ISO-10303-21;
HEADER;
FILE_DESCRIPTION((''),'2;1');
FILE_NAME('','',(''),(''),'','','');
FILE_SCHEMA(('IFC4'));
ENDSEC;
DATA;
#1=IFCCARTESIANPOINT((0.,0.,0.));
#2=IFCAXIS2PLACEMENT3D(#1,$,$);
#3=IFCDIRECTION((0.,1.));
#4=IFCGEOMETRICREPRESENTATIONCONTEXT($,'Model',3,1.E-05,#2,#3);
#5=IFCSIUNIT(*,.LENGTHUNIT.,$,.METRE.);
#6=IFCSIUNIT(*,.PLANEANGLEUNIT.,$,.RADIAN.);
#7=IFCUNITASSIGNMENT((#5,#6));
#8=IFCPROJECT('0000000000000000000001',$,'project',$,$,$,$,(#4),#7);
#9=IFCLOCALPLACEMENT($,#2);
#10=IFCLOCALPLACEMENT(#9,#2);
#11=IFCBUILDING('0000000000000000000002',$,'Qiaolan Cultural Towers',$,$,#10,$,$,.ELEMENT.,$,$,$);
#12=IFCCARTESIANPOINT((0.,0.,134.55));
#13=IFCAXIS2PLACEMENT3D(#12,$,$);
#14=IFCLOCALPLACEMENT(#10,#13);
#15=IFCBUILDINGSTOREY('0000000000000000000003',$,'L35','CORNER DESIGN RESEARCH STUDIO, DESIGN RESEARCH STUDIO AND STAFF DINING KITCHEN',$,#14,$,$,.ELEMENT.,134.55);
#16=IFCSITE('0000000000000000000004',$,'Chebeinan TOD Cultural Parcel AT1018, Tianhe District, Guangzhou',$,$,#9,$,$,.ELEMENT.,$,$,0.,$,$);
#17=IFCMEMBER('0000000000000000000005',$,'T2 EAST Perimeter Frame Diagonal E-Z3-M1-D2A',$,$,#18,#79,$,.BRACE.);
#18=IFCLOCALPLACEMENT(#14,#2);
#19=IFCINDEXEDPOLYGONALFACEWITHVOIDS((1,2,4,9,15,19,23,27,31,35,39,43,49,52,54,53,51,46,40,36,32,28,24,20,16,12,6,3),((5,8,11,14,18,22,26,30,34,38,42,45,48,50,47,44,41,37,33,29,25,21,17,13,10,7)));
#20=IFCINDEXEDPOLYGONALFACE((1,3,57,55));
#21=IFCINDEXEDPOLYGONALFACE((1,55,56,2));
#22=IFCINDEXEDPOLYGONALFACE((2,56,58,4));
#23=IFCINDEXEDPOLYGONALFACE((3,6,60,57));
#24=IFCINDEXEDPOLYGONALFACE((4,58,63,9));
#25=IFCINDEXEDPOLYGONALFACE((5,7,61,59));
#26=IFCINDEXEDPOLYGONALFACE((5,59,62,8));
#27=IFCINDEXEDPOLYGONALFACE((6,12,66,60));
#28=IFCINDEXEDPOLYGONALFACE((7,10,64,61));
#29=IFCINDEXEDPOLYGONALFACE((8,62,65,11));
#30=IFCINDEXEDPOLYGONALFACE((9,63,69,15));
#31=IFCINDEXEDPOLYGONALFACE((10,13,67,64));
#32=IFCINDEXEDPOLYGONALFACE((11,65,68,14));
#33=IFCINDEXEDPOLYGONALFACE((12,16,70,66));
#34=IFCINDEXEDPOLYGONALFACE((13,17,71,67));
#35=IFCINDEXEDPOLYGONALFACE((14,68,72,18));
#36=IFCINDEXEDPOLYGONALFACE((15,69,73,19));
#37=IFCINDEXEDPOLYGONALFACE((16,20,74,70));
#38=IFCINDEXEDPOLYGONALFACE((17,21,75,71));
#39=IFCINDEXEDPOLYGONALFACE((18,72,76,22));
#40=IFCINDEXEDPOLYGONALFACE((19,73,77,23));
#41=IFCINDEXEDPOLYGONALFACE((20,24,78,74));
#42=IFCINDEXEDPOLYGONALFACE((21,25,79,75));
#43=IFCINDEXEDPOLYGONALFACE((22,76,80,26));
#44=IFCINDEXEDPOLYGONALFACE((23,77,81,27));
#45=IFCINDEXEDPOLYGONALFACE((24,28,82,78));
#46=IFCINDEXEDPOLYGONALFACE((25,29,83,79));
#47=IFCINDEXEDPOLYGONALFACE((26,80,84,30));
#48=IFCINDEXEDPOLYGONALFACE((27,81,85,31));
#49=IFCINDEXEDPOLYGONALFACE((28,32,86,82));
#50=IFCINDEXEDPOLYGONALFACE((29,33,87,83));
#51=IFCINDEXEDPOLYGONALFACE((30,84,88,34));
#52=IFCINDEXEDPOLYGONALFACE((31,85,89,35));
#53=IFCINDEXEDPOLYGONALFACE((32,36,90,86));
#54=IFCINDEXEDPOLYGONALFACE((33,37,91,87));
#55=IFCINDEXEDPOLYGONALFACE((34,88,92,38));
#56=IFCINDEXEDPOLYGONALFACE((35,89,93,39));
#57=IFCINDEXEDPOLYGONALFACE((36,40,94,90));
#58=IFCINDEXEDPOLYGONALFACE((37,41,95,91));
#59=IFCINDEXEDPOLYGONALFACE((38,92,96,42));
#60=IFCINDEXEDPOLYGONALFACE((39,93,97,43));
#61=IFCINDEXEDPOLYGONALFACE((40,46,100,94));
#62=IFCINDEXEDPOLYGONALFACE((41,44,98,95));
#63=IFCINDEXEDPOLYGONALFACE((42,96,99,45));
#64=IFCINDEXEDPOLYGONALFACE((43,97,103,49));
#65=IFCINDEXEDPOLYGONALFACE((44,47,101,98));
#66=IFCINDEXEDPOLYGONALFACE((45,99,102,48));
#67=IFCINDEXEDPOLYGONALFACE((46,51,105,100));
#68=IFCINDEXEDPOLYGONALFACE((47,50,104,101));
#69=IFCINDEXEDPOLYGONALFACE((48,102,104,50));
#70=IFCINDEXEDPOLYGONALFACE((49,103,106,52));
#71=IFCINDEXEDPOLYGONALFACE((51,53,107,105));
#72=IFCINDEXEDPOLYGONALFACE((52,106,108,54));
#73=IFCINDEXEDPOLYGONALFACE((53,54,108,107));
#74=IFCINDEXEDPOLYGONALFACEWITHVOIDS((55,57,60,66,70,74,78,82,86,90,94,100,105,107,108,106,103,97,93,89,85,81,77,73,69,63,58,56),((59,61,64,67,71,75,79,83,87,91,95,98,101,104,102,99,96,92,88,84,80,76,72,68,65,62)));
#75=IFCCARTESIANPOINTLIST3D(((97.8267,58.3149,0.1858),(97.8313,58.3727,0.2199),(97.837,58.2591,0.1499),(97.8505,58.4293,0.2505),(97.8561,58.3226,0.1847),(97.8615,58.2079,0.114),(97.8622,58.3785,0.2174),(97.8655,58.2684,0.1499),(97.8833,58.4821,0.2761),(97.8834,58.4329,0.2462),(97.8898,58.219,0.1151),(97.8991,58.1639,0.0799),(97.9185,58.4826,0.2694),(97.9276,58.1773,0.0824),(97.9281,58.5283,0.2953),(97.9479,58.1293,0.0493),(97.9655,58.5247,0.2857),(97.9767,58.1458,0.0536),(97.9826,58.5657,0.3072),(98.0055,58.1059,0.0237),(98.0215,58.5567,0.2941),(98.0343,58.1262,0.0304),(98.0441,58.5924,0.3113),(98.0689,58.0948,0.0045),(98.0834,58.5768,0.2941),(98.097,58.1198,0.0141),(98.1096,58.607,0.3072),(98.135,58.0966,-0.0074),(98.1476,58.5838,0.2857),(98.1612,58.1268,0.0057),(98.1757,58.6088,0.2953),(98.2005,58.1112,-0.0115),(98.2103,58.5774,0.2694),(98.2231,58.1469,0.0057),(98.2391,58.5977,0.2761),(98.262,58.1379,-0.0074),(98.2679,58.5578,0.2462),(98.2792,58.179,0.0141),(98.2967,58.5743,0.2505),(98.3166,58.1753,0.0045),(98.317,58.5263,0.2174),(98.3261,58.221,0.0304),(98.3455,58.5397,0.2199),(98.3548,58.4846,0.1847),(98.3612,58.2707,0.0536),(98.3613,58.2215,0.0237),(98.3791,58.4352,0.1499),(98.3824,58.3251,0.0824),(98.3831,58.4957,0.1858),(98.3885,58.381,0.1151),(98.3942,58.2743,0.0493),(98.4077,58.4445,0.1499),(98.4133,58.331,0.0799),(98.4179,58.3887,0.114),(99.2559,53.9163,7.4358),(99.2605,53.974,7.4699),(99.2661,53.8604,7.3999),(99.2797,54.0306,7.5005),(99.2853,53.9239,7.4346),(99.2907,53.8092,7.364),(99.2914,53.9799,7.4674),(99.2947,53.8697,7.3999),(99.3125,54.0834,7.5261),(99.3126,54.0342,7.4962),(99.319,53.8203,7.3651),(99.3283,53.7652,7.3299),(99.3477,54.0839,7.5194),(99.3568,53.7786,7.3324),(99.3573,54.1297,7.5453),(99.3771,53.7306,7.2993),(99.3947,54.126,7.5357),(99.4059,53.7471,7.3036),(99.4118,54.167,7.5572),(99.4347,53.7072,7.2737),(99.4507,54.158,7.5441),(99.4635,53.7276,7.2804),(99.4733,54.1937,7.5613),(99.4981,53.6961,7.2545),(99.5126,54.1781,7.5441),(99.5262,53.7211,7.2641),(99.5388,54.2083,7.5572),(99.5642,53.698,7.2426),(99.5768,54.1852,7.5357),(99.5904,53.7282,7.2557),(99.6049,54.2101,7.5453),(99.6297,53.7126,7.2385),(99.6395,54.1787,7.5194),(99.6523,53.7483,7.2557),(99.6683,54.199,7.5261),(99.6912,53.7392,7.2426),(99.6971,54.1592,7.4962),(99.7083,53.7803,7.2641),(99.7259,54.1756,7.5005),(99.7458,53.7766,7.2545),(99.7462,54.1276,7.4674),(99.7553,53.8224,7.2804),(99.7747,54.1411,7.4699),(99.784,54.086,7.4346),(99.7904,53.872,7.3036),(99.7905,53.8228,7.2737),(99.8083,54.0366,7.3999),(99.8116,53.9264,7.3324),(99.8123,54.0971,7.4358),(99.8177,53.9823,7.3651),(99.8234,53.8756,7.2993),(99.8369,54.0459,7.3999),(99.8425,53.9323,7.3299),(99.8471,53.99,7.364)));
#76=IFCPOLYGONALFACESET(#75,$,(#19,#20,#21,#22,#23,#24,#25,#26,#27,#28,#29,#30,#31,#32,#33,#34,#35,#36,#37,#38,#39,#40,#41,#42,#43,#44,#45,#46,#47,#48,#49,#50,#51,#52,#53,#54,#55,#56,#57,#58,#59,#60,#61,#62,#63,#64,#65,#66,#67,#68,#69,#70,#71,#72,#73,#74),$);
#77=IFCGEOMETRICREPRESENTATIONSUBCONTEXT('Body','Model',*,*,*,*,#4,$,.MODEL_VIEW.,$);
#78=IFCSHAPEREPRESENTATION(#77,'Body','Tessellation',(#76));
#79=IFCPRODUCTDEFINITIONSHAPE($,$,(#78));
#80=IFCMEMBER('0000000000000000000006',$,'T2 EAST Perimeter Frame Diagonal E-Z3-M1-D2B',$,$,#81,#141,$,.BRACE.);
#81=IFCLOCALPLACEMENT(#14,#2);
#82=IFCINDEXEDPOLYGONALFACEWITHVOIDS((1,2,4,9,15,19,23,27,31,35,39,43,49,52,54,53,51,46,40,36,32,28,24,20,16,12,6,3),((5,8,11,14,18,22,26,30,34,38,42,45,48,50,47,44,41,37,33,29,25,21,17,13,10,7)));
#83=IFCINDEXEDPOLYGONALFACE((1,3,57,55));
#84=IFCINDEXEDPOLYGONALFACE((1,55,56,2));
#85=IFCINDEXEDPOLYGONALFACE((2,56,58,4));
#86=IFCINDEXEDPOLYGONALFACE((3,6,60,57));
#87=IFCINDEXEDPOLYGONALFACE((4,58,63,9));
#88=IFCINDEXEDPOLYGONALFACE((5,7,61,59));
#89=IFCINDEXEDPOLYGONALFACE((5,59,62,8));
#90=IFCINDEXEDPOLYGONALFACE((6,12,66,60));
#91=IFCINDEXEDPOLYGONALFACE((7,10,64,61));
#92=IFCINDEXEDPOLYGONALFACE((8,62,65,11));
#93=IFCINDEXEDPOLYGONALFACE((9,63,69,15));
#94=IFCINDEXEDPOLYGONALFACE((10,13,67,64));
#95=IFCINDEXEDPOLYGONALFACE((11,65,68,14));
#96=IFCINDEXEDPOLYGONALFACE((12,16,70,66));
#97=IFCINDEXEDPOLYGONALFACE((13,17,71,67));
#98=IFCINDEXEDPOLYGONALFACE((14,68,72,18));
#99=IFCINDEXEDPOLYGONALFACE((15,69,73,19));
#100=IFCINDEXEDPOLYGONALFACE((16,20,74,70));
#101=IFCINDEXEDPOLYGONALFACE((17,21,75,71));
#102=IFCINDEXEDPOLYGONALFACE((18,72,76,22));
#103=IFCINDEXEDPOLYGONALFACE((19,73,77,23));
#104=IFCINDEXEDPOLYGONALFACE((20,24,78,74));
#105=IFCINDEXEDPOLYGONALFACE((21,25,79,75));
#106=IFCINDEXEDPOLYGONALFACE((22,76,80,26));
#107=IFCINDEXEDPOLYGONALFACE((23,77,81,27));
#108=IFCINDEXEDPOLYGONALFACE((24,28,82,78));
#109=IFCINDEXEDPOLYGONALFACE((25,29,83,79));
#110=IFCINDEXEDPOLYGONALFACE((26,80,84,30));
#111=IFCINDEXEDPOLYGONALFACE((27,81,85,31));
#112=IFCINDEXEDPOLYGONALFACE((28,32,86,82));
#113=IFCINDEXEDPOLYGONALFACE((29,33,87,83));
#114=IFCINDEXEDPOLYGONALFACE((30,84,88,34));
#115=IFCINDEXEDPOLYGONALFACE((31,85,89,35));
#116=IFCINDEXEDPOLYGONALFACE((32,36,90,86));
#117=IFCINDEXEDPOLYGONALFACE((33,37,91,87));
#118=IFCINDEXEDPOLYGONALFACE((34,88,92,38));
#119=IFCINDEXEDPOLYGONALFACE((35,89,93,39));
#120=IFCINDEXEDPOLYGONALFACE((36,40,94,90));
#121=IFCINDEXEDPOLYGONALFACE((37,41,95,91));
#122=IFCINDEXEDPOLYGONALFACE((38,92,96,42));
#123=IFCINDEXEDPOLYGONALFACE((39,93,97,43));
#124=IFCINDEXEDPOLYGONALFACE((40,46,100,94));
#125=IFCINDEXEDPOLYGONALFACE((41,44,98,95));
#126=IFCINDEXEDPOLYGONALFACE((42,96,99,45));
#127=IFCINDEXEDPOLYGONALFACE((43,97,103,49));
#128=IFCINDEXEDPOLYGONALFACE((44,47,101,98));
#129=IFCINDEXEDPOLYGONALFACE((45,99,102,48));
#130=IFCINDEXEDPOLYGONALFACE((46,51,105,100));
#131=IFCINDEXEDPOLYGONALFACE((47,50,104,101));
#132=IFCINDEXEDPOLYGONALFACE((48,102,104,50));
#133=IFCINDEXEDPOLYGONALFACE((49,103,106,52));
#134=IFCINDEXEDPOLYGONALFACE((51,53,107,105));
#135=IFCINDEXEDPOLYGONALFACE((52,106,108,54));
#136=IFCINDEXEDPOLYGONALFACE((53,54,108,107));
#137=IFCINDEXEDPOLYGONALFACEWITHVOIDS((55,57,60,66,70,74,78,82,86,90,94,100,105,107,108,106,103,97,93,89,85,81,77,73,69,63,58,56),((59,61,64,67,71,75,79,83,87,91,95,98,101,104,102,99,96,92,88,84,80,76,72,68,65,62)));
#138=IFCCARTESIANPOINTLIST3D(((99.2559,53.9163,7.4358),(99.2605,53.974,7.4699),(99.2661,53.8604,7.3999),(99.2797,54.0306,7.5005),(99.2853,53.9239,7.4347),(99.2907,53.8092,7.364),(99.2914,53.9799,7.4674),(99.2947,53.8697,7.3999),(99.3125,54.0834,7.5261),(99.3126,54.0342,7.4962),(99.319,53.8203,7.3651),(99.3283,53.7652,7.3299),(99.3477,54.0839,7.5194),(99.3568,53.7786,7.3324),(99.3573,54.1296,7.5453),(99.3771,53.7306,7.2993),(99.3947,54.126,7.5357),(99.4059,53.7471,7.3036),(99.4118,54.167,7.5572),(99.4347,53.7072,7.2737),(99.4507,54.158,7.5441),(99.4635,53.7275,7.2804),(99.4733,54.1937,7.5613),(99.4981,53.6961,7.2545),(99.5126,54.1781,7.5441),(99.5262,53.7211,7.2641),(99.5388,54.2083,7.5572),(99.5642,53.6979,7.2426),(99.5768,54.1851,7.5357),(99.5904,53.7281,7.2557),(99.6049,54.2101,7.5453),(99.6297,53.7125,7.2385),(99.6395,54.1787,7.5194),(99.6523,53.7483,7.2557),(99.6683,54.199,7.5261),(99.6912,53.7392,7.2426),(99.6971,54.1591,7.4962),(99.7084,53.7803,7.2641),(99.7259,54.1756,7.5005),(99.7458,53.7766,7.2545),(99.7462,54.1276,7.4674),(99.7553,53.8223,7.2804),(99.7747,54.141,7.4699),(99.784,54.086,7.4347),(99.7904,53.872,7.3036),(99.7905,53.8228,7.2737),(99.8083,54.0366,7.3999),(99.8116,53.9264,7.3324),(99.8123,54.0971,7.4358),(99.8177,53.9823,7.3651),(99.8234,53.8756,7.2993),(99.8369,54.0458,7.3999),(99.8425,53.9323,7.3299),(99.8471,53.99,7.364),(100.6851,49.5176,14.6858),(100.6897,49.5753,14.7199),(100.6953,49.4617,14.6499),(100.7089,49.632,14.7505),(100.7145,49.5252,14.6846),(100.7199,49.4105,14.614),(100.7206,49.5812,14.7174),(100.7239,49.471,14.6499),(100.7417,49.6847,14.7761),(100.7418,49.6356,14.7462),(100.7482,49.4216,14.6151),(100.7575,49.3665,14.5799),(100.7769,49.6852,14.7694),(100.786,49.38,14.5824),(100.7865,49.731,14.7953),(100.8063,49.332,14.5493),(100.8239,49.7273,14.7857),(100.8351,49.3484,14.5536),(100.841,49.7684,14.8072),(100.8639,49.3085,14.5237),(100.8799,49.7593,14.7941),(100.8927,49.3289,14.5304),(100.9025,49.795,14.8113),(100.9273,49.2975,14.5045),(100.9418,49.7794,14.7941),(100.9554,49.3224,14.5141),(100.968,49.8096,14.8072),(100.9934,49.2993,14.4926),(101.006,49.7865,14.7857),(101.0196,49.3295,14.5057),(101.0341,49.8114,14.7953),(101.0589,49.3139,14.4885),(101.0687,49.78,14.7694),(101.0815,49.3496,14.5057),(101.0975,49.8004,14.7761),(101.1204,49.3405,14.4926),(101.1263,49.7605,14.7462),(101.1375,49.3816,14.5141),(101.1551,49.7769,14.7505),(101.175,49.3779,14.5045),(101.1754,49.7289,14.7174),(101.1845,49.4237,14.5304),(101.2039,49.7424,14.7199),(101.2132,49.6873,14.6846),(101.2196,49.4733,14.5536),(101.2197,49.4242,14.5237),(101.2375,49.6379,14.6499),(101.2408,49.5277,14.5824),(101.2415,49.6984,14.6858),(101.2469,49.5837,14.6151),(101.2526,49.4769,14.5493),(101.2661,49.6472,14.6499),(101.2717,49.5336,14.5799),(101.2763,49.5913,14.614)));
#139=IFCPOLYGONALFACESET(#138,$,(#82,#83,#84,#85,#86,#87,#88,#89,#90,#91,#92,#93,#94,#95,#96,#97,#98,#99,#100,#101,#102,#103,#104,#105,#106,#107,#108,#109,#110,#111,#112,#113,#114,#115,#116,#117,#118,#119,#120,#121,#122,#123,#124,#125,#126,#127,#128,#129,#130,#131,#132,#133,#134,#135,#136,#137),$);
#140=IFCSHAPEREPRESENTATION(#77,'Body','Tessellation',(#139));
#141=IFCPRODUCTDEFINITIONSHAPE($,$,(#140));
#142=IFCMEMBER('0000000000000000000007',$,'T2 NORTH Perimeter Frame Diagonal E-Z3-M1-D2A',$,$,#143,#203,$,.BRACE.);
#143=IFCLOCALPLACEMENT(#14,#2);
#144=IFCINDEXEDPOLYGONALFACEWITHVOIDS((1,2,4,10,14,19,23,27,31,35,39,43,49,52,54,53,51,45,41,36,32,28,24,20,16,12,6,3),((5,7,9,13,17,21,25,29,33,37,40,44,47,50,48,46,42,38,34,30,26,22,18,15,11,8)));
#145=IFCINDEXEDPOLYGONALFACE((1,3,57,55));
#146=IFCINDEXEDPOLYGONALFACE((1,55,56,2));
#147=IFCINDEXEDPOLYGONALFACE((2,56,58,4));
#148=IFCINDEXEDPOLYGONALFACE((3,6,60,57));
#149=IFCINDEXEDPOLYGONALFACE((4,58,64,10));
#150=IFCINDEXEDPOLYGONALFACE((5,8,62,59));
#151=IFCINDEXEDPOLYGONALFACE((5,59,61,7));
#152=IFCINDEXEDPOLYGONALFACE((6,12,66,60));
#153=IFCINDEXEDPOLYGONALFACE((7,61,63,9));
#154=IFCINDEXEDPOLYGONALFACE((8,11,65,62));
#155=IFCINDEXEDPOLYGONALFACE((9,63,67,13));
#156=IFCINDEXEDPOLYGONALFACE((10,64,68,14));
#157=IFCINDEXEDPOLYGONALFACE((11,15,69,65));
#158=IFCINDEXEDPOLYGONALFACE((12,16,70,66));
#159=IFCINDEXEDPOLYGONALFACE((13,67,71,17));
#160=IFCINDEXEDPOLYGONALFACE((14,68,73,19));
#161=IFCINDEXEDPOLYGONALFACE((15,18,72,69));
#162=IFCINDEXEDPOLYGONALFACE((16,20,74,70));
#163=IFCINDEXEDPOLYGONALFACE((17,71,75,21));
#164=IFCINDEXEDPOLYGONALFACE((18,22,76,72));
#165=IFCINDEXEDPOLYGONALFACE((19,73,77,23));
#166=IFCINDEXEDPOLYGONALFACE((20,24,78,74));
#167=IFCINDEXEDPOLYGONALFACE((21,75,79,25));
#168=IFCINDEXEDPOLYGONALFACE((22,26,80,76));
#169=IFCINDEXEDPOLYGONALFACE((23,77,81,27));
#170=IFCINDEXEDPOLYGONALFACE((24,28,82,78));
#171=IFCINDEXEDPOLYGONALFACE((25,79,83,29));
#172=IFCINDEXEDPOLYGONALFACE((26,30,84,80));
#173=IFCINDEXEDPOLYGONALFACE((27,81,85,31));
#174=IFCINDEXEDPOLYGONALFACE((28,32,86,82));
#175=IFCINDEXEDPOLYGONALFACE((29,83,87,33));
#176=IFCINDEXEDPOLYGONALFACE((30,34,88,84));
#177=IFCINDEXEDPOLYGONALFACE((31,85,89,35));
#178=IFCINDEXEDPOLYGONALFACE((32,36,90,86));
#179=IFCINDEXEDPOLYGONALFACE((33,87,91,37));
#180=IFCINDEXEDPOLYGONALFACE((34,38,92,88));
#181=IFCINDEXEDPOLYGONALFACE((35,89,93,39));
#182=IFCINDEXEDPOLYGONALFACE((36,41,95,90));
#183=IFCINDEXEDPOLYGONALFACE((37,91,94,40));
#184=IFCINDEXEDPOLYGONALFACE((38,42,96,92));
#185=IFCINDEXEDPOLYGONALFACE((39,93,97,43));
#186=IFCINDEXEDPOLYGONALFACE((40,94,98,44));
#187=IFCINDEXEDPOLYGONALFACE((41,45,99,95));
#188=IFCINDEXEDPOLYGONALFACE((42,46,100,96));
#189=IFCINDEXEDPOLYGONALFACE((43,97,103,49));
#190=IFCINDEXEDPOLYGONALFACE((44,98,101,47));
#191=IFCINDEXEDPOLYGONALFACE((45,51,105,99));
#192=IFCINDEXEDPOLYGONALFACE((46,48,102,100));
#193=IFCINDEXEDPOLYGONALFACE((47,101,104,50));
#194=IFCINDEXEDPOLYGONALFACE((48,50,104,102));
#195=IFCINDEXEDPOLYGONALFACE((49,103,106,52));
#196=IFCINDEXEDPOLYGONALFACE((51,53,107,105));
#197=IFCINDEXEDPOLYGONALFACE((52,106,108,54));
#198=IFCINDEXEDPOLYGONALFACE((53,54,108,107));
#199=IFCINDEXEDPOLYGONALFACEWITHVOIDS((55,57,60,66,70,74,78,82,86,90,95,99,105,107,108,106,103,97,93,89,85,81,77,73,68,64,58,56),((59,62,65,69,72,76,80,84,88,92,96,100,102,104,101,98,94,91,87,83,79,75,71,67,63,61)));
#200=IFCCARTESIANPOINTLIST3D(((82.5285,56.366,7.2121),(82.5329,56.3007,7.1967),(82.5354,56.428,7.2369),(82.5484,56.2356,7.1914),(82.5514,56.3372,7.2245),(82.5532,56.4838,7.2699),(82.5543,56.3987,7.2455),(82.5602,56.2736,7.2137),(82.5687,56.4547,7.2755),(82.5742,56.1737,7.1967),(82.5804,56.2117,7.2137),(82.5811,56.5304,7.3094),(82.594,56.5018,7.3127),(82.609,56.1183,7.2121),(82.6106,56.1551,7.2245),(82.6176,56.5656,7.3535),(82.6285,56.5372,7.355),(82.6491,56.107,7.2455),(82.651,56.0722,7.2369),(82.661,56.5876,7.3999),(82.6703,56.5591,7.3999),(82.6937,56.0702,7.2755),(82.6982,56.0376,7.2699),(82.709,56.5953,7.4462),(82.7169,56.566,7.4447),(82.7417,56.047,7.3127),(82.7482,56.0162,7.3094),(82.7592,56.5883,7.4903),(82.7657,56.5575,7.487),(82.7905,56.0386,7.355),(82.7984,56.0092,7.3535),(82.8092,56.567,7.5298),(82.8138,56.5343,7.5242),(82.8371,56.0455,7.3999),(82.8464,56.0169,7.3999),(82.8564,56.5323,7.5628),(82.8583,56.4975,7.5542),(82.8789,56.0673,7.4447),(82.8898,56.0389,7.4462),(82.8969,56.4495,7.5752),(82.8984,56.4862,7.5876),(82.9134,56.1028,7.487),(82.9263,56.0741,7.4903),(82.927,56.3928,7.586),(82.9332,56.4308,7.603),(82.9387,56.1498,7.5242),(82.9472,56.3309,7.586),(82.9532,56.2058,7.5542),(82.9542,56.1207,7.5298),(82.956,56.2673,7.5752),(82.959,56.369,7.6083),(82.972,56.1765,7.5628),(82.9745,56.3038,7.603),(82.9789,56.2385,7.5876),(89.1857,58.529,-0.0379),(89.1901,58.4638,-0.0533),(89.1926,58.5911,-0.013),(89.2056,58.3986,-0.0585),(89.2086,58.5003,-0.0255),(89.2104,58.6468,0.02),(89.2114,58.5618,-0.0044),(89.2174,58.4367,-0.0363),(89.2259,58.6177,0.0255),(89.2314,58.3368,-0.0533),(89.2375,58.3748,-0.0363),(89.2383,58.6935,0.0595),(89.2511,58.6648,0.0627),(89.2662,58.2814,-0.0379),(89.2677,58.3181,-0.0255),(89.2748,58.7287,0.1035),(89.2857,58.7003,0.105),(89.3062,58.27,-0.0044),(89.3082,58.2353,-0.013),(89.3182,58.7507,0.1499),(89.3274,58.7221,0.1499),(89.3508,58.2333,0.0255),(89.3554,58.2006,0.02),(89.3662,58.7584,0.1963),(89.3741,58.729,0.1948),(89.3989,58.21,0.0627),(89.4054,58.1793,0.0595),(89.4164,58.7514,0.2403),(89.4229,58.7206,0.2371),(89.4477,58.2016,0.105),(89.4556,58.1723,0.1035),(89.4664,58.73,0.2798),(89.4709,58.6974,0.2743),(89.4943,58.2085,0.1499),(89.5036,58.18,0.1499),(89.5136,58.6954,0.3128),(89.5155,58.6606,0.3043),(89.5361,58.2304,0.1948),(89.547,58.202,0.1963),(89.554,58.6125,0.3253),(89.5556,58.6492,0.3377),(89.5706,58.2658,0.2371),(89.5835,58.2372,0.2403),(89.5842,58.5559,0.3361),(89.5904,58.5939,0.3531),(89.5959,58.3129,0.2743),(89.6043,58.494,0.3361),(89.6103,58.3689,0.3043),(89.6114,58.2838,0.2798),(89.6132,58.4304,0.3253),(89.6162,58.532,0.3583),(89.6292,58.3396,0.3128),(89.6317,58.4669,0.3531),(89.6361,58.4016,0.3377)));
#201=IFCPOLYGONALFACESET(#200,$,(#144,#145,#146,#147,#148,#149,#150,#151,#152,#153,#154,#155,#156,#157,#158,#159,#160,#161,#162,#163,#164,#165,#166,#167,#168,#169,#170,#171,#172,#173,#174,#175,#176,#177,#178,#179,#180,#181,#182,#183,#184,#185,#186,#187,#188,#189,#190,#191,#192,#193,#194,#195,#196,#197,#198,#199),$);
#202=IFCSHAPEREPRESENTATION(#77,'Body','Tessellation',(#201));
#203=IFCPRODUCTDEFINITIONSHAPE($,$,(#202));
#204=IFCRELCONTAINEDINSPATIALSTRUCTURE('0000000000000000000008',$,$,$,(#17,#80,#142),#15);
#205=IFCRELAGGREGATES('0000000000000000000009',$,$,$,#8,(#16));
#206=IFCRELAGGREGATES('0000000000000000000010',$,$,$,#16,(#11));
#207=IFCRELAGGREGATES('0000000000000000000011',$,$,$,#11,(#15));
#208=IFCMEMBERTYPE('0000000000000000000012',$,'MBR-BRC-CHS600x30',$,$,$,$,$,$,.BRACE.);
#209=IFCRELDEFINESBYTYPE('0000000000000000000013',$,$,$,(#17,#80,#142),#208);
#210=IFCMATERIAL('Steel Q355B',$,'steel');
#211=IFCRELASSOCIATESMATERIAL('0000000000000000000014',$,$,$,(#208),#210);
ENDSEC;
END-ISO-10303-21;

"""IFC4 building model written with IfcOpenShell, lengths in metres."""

from ifc_helpers import new_model, si_unit, direction, frame, origin, origin_2d, place, context, subcontext, project, spatial, hollow_circle, extrude, material, material_profile, profile_set, type_object, element, save


model = new_model("IFC4")

# Units and contexts
model_context = context("Model", 3, precision=1e-05, world=origin(), true_north=direction((0.0, 1.0)))
body_context = subcontext(model_context, "Body", "Model", "MODEL_VIEW")
ifc_project = project(units=[si_unit("LENGTHUNIT", "METRE"), si_unit("PLANEANGLEUNIT", "RADIAN")], contexts=[model_context])

# Site, building, storey
site_placement = place(None, origin())
site = spatial("IfcSite", under=ifc_project, at=site_placement, Name="Chebeinan TOD Cultural Parcel AT1018, Tianhe District, Guangzhou", CompositionType="ELEMENT", RefElevation=0.0)
building_placement = place(site_placement, origin())
building = spatial("IfcBuilding", under=site, at=building_placement, Name="Qiaolan Cultural Towers", CompositionType="ELEMENT")
storey_placement = place(building_placement, frame((0.0, 0.0, 134.55)))
storey = spatial("IfcBuildingStorey", under=building, at=storey_placement, Name="L35", Description="CORNER DESIGN RESEARCH STUDIO, DESIGN RESEARCH STUDIO AND STAFF DINING KITCHEN", CompositionType="ELEMENT", Elevation=134.55)

# Members
ifc_material_1 = material(Name="Steel Q355B", Category="steel")
ifc_material_profile_1 = material_profile(ifc_material_1, hollow_circle(Radius=0.3, WallThickness=0.03, at=origin_2d()), Name="CHS600x30")
ifc_profile_set_1 = profile_set([ifc_material_profile_1], Name="Steel Q355B")
member_type = type_object("IfcMemberType", Name="MBR-BRC-CHS600x30", PredefinedType="BRACE", material=ifc_profile_set_1)
for number, where, z_axis, x_axis, name in (
    (1, (98.1223, 58.3518, 0.1499), (0.166193, -0.511497, 0.84306), (0.951058, 0.309013, 0.0), "T2 EAST Perimeter Frame Diagonal E-Z3-M1-D2A"),
    (2, (99.5515, 53.9531, 7.3999), (0.166193, -0.511497, 0.84306), (0.951058, 0.309013, 0.0), "T2 EAST Perimeter Frame Diagonal E-Z3-M1-D2B"),
):
    element("IfcMember", number, at=place(storey_placement, frame(where, z_axis=z_axis, x_axis=x_axis)), inside=storey, type_object=member_type, Name=name, PredefinedType="BRACE", context=body_context, shape_type="SweptSolid", body=[
        extrude(hollow_circle(Radius=0.3, WallThickness=0.03, at=origin_2d()), origin(), (0.0, 0.0, 1.0), 8.5996),
    ])
member_placement = place(storey_placement, frame((89.4109, 58.4653, 0.1499), z_axis=(-0.66059, -0.214641, 0.71941), x_axis=(0.30902, -0.951056, 0.0)))
element("IfcMember", 3, at=member_placement, inside=storey, type_object=member_type, Name="T2 NORTH Perimeter Frame Diagonal E-Z3-M1-D2A", PredefinedType="BRACE", context=body_context, shape_type="SweptSolid", body=[
    extrude(hollow_circle(Radius=0.3, WallThickness=0.03, at=origin_2d()), origin(), (0.0, 0.0, 1.0), 10.0776),
])

save(model, "model.ifc")
